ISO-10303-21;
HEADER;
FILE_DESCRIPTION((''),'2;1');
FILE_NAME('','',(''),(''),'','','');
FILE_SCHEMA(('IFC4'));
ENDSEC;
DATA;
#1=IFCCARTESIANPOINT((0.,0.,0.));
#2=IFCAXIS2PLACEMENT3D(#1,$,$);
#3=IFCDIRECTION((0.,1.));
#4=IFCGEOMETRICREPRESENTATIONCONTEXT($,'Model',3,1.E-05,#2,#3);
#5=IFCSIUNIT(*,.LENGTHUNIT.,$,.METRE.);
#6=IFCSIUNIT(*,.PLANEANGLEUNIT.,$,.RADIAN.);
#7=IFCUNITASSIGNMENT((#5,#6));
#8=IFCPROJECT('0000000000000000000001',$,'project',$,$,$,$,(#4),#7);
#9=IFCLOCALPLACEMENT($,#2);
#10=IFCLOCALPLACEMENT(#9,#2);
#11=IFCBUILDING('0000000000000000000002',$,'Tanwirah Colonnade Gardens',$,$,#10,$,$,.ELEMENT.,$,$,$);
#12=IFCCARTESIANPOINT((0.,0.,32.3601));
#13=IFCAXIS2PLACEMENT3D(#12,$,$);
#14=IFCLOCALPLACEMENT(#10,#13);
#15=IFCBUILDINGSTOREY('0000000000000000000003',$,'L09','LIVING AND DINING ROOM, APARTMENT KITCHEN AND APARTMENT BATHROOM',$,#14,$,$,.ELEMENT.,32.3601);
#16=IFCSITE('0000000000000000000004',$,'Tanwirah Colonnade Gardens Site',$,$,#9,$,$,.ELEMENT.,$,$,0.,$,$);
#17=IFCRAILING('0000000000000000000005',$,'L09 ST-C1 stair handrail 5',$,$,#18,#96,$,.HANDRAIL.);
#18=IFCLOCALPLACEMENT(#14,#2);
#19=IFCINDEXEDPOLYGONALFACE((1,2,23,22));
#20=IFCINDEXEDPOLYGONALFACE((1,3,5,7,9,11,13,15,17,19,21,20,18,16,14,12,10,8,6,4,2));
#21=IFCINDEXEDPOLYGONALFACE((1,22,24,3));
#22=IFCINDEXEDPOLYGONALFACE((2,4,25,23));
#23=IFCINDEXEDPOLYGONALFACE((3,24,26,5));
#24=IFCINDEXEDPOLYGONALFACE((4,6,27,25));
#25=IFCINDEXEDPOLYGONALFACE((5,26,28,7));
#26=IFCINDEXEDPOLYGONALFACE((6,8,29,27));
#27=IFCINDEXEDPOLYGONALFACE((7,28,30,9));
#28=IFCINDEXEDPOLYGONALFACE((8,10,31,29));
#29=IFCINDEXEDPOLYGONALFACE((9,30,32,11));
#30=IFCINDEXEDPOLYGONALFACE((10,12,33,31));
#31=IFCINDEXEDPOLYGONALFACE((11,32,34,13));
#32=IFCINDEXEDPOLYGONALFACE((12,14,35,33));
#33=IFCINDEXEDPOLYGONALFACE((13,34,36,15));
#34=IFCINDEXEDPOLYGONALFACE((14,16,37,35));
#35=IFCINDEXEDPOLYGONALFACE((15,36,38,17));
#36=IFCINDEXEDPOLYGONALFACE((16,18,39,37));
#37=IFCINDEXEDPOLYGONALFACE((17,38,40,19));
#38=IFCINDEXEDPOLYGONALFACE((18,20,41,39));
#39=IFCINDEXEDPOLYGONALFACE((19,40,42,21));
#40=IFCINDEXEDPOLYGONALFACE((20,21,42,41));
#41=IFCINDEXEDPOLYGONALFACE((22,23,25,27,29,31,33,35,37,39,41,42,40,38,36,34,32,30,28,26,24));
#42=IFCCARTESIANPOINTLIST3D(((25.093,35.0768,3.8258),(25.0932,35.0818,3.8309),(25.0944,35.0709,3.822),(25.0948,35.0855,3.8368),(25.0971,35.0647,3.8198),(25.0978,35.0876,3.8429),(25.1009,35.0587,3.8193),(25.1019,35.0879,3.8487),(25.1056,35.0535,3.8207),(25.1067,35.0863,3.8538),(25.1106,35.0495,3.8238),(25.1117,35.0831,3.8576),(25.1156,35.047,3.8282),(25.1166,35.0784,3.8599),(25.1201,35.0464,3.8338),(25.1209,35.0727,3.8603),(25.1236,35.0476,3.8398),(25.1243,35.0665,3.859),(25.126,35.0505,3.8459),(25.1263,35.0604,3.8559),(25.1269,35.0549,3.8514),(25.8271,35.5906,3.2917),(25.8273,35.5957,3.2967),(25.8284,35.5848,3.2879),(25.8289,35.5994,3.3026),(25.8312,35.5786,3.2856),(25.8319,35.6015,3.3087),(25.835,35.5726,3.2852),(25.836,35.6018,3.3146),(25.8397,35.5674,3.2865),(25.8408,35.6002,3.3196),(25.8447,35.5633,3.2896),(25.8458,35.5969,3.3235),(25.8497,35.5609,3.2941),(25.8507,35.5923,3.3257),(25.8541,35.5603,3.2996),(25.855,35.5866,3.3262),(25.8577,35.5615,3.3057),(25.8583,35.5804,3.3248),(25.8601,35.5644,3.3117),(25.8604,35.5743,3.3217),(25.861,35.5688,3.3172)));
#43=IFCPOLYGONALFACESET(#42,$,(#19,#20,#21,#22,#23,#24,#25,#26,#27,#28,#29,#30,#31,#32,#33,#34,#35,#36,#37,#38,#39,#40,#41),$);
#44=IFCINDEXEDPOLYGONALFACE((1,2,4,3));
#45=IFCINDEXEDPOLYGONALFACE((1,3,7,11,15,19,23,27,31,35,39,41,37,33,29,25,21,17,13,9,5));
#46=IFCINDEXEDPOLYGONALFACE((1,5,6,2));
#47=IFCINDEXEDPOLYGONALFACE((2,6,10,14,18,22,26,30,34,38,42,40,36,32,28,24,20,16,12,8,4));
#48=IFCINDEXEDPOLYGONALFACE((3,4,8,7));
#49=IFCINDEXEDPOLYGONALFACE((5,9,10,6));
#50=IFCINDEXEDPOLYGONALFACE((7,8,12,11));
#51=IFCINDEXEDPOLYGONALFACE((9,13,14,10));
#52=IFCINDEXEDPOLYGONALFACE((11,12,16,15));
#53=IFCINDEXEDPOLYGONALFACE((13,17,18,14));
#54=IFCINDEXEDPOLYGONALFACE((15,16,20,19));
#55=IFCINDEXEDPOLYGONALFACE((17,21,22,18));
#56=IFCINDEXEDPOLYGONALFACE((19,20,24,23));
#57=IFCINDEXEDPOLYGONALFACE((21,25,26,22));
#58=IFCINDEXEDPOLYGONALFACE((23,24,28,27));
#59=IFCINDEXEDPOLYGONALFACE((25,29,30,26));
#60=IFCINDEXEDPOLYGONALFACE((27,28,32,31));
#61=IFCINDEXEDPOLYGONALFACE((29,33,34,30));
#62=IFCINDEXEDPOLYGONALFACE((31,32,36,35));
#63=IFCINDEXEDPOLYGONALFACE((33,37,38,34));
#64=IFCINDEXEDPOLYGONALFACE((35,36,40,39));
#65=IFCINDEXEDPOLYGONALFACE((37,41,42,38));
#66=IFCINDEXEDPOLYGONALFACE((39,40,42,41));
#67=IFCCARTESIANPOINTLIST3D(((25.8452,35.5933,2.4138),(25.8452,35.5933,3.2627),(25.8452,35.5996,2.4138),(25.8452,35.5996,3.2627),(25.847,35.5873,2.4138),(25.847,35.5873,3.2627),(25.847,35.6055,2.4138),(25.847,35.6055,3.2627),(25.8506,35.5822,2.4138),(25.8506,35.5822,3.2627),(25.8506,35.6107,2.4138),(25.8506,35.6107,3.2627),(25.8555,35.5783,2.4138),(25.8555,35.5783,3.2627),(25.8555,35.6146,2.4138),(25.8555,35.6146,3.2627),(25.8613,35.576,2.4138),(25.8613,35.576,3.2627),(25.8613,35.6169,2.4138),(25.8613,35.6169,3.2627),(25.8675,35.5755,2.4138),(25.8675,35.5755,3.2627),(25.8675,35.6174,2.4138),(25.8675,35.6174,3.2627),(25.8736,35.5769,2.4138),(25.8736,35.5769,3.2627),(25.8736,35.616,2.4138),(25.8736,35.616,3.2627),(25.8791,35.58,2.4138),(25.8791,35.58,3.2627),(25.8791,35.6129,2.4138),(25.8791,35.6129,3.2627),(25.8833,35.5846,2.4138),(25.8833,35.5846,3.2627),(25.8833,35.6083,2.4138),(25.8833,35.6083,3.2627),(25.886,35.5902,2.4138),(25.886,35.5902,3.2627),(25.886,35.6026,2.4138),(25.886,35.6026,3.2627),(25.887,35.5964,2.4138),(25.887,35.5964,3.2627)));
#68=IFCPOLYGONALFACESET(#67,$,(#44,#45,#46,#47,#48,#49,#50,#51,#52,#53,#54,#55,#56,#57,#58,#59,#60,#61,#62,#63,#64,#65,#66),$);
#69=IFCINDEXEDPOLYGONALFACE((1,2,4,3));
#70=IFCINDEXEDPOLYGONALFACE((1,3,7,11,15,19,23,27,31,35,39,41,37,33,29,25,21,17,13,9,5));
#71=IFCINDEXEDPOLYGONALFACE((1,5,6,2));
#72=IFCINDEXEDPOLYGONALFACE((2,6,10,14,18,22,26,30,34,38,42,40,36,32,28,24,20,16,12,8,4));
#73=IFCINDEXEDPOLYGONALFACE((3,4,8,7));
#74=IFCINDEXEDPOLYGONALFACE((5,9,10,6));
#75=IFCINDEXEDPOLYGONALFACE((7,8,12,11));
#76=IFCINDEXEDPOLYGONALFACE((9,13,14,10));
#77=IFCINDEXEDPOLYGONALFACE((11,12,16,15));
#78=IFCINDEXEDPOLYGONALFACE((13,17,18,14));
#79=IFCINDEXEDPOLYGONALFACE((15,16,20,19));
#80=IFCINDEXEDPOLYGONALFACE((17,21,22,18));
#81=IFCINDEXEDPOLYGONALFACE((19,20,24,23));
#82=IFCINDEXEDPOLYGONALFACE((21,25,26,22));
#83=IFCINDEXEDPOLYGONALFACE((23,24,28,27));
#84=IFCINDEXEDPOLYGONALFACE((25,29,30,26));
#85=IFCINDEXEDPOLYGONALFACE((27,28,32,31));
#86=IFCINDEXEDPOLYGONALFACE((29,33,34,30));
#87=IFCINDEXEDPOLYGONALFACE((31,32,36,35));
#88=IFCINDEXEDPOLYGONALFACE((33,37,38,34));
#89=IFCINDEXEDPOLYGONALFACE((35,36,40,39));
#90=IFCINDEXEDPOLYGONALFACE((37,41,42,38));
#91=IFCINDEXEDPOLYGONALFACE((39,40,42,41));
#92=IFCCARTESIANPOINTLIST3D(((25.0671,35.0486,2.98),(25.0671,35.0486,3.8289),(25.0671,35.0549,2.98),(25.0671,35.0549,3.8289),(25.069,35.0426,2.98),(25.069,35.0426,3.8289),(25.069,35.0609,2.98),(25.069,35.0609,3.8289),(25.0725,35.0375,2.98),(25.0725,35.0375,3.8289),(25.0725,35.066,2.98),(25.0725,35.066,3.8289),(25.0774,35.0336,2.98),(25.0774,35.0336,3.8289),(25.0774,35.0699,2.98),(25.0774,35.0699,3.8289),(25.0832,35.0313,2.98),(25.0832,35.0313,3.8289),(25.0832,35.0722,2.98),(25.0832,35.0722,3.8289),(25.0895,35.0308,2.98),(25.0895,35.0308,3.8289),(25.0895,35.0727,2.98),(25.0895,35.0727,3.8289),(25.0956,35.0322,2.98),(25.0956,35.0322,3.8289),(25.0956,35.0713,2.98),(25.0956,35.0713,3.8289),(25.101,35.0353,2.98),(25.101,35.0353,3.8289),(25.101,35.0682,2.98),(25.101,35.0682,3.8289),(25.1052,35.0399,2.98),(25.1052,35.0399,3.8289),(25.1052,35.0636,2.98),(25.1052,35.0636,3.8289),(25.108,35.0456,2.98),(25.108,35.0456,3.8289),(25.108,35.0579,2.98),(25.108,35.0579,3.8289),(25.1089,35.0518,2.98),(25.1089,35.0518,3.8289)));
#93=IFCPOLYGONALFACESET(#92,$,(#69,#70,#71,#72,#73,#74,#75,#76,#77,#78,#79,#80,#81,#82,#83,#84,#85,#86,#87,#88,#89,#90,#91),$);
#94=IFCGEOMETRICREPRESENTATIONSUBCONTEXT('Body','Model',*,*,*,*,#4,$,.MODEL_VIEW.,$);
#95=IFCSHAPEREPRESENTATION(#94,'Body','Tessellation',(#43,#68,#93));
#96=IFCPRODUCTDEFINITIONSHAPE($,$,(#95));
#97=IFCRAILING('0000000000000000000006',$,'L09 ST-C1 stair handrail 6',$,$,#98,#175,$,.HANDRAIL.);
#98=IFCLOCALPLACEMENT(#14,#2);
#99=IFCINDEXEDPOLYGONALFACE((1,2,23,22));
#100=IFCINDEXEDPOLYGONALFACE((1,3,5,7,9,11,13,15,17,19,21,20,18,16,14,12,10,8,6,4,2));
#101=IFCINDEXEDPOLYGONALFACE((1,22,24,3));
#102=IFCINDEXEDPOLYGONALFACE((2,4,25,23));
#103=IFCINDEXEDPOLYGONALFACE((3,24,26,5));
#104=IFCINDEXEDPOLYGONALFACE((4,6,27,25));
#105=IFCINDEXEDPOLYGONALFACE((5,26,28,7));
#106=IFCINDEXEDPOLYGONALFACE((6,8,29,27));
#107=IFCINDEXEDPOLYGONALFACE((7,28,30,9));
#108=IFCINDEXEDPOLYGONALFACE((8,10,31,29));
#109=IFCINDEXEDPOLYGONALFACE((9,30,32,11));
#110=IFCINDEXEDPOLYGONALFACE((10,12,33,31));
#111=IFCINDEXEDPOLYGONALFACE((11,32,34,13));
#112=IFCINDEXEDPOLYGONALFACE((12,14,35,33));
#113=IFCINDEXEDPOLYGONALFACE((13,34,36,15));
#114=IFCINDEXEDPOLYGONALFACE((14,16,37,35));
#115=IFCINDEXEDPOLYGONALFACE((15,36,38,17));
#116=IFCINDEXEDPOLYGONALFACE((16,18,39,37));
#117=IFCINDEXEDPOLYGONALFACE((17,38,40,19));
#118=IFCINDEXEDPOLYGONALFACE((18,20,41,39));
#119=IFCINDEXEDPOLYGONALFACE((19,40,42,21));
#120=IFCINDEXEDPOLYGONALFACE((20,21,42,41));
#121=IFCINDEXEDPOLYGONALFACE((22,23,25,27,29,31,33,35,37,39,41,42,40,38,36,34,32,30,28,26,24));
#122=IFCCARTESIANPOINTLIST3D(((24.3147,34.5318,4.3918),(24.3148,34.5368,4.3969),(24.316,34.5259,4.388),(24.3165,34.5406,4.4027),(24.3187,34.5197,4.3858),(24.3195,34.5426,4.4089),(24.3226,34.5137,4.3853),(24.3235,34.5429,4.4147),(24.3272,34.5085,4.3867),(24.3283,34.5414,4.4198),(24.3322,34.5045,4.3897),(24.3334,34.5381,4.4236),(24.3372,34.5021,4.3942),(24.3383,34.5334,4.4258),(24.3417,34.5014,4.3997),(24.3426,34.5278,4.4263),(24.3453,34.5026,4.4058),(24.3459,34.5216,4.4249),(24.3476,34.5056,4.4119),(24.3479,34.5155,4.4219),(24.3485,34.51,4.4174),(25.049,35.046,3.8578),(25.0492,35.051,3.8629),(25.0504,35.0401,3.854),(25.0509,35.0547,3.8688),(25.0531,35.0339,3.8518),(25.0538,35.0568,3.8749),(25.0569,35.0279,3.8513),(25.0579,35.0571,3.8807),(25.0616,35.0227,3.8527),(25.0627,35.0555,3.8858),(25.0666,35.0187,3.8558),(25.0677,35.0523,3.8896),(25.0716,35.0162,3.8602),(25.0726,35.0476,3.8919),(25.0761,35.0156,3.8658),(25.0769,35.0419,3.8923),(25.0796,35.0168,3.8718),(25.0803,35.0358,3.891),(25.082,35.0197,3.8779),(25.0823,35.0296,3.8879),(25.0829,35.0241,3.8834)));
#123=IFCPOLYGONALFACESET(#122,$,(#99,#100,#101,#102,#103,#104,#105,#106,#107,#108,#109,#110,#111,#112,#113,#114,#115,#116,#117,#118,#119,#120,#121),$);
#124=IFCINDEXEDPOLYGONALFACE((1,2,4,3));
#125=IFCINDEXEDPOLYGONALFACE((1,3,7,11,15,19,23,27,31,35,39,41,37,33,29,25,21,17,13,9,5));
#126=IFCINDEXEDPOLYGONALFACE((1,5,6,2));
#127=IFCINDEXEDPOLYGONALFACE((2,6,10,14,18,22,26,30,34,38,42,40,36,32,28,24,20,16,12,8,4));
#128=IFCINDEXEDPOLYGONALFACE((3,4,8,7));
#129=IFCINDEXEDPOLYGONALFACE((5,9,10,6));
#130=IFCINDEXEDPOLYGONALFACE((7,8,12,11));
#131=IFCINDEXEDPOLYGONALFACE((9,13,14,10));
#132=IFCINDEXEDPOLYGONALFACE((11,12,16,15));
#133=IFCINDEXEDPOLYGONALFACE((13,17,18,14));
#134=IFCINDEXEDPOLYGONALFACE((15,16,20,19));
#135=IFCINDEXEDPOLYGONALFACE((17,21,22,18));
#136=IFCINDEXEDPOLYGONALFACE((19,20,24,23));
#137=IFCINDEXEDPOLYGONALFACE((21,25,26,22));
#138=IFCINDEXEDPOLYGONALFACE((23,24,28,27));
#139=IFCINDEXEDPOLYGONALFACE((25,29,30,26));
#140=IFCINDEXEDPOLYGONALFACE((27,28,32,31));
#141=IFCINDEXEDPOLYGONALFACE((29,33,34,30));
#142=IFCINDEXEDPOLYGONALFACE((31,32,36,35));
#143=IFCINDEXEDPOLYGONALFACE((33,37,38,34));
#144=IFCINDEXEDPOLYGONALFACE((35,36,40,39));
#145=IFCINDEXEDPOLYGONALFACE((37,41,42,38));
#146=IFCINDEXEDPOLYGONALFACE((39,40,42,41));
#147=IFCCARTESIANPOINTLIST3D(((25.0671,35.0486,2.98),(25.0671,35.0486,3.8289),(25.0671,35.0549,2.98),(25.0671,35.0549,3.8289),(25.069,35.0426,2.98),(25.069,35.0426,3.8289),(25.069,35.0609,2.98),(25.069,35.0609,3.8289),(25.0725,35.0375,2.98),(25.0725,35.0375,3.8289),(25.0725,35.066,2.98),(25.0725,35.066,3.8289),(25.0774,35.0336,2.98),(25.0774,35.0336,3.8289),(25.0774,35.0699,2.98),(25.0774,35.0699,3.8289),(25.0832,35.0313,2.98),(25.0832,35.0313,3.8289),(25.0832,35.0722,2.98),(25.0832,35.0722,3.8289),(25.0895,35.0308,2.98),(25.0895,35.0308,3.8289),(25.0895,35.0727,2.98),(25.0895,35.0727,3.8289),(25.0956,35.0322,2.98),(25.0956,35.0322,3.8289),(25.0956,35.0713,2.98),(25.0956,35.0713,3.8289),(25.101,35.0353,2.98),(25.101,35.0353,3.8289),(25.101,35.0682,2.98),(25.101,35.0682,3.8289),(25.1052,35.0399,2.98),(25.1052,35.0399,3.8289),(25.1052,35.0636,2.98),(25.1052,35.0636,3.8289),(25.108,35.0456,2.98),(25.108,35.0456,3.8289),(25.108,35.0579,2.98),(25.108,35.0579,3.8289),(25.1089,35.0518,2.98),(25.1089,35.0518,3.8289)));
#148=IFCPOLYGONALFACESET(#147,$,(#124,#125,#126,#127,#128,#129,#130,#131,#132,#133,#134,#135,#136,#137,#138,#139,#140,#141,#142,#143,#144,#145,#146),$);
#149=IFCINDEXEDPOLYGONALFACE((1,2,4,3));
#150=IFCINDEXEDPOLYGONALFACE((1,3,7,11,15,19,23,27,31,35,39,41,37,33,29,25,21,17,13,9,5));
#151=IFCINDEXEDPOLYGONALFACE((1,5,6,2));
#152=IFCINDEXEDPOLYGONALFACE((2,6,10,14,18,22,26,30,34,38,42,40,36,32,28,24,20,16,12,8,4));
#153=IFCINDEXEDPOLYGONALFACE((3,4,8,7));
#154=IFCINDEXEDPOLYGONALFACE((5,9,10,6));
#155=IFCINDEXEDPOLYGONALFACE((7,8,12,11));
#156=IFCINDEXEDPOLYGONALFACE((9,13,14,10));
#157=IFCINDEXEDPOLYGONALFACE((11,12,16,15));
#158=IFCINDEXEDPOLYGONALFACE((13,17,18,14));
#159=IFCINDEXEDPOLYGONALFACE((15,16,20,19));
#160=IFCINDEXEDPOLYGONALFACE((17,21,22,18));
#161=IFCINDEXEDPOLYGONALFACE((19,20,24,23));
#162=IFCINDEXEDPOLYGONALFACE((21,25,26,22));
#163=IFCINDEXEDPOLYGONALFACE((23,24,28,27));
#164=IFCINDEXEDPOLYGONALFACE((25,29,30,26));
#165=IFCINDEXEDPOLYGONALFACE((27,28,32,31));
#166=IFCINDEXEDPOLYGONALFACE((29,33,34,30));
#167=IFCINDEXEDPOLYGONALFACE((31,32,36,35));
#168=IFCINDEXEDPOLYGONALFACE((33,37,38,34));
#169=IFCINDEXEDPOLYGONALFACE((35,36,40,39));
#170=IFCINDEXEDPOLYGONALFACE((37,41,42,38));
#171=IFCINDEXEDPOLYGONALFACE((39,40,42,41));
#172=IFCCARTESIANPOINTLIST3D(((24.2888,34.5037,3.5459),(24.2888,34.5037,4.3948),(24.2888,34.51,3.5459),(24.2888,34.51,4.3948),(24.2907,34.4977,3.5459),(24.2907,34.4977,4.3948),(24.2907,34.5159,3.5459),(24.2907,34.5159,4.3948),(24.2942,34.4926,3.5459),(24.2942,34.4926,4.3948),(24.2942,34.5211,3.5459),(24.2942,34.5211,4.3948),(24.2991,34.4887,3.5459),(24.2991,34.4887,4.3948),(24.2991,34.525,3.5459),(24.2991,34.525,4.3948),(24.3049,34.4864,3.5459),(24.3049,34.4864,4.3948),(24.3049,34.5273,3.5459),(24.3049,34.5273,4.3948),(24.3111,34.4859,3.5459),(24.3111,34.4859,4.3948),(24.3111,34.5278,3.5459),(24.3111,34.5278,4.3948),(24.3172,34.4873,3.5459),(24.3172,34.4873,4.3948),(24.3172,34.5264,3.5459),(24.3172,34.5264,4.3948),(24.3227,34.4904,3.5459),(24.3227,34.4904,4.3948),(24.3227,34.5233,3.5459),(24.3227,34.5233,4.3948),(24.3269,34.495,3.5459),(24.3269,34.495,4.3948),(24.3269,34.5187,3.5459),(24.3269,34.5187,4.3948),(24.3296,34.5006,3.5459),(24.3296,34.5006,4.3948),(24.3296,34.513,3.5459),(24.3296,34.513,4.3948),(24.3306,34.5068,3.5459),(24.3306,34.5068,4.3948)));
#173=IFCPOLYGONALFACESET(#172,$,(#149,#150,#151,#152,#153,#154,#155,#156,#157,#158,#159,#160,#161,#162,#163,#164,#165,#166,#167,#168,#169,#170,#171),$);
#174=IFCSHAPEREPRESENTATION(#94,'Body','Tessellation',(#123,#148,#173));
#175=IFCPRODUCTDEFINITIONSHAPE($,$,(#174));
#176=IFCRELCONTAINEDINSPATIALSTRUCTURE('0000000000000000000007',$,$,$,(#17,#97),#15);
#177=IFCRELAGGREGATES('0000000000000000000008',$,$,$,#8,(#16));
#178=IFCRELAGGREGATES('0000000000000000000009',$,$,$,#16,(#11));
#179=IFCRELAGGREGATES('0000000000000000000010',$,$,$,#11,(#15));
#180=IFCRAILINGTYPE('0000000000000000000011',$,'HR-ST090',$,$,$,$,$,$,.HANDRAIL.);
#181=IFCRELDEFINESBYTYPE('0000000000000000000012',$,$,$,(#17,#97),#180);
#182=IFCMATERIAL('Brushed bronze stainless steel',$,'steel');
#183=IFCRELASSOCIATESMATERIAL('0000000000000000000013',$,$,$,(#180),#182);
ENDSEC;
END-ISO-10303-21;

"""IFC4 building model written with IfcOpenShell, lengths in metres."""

from ifc_helpers import new_model, si_unit, direction, frame, origin, origin_2d, place, context, subcontext, project, spatial, circle, extrude, material, type_object, element, save


model = new_model("IFC4")

# Units and contexts
model_context = context("Model", 3, precision=1e-05, world=origin(), true_north=direction((0.0, 1.0)))
body_context = subcontext(model_context, "Body", "Model", "MODEL_VIEW")
ifc_project = project(units=[si_unit("LENGTHUNIT", "METRE"), si_unit("PLANEANGLEUNIT", "RADIAN")], contexts=[model_context])

# Site, building, storey
site_placement = place(None, origin())
site = spatial("IfcSite", under=ifc_project, at=site_placement, Name="Tanwirah Colonnade Gardens Site", CompositionType="ELEMENT", RefElevation=0.0)
building_placement = place(site_placement, origin())
building = spatial("IfcBuilding", under=site, at=building_placement, Name="Tanwirah Colonnade Gardens", CompositionType="ELEMENT")
storey_placement = place(building_placement, frame((0.0, 0.0, 32.3601)))
storey = spatial("IfcBuildingStorey", under=building, at=storey_placement, Name="L09", Description="LIVING AND DINING ROOM, APARTMENT KITCHEN AND APARTMENT BATHROOM", CompositionType="ELEMENT", Elevation=32.3601)

# Railings
ifc_material_1 = material(Name="Brushed bronze stainless steel", Category="steel")
railing_type_1 = type_object("IfcRailingType", Name="HR-ST090", PredefinedType="HANDRAIL", material=ifc_material_1)
railing_1_placement = place(storey_placement, frame((25.866, 35.5964, 2.4138)))
element("IfcRailing", 1, at=railing_1_placement, inside=storey, type_object=railing_type_1, Name="L09 ST-C1 stair handrail 5", PredefinedType="HANDRAIL", context=body_context, shape_type="SweptSolid", body=[
    extrude(circle(Radius=0.0239, at=origin_2d()), frame((-0.022, -0.0154, 0.8918), z_axis=(-0.703683, -0.4926, 0.51203), x_axis=(0.57348, -0.81922, 0.0)), (0.0, 0.0, 1.0), 1.0432),
    extrude(circle(Radius=0.021, at=origin_2d()), origin(), (0.0, 0.0, 1.0), 0.8489),
    extrude(circle(Radius=0.021, at=origin_2d()), frame((-0.7781, -0.5447, 0.5662)), (0.0, 0.0, 1.0), 0.8489),
])
railing_2_placement = place(storey_placement, frame((25.0879, 35.0518, 2.98)))
element("IfcRailing", 2, at=railing_2_placement, inside=storey, type_object=railing_type_1, Name="L09 ST-C1 stair handrail 6", PredefinedType="HANDRAIL", context=body_context, shape_type="SweptSolid", body=[
    extrude(circle(Radius=0.0239, at=origin_2d()), frame((-0.022, -0.0154, 0.8918), z_axis=(-0.703797, -0.492747, 0.511732), x_axis=(0.573531, -0.819184, 0.0)), (0.0, 0.0, 1.0), 1.0435),
    extrude(circle(Radius=0.021, at=origin_2d()), origin(), (0.0, 0.0, 1.0), 0.8489),
    extrude(circle(Radius=0.021, at=origin_2d()), frame((-0.7783, -0.5449, 0.5659)), (0.0, 0.0, 1.0), 0.8489),
])

save(model, "model.ifc")
